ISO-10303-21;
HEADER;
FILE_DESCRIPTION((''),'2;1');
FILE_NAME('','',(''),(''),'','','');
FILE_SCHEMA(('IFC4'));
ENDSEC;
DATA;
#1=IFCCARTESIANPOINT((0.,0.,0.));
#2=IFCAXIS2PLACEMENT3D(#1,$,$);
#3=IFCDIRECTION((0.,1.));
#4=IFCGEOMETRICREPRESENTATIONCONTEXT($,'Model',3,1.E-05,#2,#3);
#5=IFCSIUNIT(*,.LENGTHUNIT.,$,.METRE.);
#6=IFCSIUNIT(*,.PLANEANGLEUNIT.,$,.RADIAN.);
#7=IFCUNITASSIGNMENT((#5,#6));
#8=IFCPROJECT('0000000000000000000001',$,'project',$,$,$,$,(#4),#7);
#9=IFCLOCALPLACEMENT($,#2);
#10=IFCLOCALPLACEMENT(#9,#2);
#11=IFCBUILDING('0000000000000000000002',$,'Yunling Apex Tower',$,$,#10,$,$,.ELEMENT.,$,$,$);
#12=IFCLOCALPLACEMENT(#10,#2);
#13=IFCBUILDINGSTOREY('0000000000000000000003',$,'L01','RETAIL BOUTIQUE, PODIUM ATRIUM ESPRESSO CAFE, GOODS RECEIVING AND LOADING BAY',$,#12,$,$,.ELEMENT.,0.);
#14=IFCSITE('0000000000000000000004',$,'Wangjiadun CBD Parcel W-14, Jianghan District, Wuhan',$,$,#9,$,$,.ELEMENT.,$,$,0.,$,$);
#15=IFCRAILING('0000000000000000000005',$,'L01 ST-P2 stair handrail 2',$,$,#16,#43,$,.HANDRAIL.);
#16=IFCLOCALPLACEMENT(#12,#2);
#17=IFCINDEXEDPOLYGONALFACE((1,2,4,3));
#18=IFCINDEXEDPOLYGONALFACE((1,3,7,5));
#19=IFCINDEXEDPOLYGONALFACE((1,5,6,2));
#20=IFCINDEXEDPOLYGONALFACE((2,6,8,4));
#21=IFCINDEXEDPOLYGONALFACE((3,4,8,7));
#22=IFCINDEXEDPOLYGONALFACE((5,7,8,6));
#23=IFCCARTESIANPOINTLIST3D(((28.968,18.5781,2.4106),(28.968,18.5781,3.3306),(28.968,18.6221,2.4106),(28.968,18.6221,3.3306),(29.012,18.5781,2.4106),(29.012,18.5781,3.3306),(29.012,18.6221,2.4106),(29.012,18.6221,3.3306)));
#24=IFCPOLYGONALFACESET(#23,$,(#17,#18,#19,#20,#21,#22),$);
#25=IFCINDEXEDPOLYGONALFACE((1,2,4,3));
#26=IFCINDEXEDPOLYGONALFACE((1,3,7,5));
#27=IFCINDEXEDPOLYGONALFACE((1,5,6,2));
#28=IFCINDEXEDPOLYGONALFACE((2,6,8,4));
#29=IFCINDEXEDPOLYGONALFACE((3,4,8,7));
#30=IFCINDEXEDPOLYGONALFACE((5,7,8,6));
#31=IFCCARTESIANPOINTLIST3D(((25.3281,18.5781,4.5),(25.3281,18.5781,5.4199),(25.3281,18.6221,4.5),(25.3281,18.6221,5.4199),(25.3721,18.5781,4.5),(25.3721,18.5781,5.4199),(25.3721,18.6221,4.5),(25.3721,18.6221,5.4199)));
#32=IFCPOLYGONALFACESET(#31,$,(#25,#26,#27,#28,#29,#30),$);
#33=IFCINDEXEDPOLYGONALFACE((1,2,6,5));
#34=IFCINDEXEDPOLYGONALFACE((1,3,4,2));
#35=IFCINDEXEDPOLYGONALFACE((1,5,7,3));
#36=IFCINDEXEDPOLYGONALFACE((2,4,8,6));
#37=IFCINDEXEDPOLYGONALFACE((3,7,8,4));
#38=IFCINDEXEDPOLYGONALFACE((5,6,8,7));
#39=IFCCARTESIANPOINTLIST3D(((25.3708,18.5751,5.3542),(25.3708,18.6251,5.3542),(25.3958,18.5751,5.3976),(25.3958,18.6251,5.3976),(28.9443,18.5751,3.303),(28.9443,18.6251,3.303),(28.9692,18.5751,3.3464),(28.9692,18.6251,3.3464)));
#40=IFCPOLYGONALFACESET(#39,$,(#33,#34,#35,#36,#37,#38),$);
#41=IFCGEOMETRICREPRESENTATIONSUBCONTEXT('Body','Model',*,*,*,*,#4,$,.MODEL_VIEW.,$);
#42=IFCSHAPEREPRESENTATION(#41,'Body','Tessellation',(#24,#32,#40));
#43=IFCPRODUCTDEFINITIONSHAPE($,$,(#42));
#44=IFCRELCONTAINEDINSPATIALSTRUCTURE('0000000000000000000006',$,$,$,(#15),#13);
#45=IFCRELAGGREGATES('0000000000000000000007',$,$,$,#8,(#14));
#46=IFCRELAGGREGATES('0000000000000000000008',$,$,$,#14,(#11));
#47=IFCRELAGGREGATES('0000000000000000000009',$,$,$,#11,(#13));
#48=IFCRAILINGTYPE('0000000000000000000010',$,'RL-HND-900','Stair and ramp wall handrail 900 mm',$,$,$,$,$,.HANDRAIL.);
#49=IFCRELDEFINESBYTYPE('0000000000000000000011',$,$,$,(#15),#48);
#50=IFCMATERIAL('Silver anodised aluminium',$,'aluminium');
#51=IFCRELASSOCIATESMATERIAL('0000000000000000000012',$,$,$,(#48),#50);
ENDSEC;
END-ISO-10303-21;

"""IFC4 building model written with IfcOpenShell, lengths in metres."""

from ifc_helpers import new_model, si_unit, direction, frame, origin, origin_2d, place, context, subcontext, project, spatial, rectangle, extrude, material, type_object, element, save


model = new_model("IFC4")

# Units and contexts
model_context = context("Model", 3, precision=1e-05, world=origin(), true_north=direction((0.0, 1.0)))
body_context = subcontext(model_context, "Body", "Model", "MODEL_VIEW")
ifc_project = project(units=[si_unit("LENGTHUNIT", "METRE"), si_unit("PLANEANGLEUNIT", "RADIAN")], contexts=[model_context])

# Site, building, storey
site_placement = place(None, origin())
site = spatial("IfcSite", under=ifc_project, at=site_placement, Name="Wangjiadun CBD Parcel W-14, Jianghan District, Wuhan", CompositionType="ELEMENT", RefElevation=0.0)
building_placement = place(site_placement, origin())
building = spatial("IfcBuilding", under=site, at=building_placement, Name="Yunling Apex Tower", CompositionType="ELEMENT")
storey_placement = place(building_placement, origin())
storey = spatial("IfcBuildingStorey", under=building, at=storey_placement, Name="L01", Description="RETAIL BOUTIQUE, PODIUM ATRIUM ESPRESSO CAFE, GOODS RECEIVING AND LOADING BAY", CompositionType="ELEMENT", Elevation=0.0)

# Railing
ifc_material_1 = material(Name="Silver anodised aluminium", Category="aluminium")
railing_type_1 = type_object("IfcRailingType", Name="RL-HND-900", Description="Stair and ramp wall handrail 900 mm", PredefinedType="HANDRAIL", material=ifc_material_1)
railing_1_placement = place(storey_placement, frame((28.99, 18.6001, 2.4106)))
element("IfcRailing", 1, at=railing_1_placement, inside=storey, type_object=railing_type_1, Name="L01 ST-P2 stair handrail 2", PredefinedType="HANDRAIL", context=body_context, shape_type="SweptSolid", body=[
    extrude(rectangle(XDim=0.0439, YDim=0.0439, at=origin_2d()), origin(), (0.0, 0.0, 1.0), 0.9199),
    extrude(rectangle(XDim=0.0439, YDim=0.0439, at=origin_2d()), frame((-3.6399, 0.0, 2.0894)), (0.0, 0.0, 1.0), 0.9199),
    extrude(rectangle(XDim=0.05, YDim=0.05, at=origin_2d()), frame((-0.0332, 0.0, 0.9141), z_axis=(-0.867275, 0.0, 0.497829), x_axis=(0.0, -1.0, 0.0)), (0.0, 0.0, 1.0), 4.1204),
])

save(model, "model.ifc")
